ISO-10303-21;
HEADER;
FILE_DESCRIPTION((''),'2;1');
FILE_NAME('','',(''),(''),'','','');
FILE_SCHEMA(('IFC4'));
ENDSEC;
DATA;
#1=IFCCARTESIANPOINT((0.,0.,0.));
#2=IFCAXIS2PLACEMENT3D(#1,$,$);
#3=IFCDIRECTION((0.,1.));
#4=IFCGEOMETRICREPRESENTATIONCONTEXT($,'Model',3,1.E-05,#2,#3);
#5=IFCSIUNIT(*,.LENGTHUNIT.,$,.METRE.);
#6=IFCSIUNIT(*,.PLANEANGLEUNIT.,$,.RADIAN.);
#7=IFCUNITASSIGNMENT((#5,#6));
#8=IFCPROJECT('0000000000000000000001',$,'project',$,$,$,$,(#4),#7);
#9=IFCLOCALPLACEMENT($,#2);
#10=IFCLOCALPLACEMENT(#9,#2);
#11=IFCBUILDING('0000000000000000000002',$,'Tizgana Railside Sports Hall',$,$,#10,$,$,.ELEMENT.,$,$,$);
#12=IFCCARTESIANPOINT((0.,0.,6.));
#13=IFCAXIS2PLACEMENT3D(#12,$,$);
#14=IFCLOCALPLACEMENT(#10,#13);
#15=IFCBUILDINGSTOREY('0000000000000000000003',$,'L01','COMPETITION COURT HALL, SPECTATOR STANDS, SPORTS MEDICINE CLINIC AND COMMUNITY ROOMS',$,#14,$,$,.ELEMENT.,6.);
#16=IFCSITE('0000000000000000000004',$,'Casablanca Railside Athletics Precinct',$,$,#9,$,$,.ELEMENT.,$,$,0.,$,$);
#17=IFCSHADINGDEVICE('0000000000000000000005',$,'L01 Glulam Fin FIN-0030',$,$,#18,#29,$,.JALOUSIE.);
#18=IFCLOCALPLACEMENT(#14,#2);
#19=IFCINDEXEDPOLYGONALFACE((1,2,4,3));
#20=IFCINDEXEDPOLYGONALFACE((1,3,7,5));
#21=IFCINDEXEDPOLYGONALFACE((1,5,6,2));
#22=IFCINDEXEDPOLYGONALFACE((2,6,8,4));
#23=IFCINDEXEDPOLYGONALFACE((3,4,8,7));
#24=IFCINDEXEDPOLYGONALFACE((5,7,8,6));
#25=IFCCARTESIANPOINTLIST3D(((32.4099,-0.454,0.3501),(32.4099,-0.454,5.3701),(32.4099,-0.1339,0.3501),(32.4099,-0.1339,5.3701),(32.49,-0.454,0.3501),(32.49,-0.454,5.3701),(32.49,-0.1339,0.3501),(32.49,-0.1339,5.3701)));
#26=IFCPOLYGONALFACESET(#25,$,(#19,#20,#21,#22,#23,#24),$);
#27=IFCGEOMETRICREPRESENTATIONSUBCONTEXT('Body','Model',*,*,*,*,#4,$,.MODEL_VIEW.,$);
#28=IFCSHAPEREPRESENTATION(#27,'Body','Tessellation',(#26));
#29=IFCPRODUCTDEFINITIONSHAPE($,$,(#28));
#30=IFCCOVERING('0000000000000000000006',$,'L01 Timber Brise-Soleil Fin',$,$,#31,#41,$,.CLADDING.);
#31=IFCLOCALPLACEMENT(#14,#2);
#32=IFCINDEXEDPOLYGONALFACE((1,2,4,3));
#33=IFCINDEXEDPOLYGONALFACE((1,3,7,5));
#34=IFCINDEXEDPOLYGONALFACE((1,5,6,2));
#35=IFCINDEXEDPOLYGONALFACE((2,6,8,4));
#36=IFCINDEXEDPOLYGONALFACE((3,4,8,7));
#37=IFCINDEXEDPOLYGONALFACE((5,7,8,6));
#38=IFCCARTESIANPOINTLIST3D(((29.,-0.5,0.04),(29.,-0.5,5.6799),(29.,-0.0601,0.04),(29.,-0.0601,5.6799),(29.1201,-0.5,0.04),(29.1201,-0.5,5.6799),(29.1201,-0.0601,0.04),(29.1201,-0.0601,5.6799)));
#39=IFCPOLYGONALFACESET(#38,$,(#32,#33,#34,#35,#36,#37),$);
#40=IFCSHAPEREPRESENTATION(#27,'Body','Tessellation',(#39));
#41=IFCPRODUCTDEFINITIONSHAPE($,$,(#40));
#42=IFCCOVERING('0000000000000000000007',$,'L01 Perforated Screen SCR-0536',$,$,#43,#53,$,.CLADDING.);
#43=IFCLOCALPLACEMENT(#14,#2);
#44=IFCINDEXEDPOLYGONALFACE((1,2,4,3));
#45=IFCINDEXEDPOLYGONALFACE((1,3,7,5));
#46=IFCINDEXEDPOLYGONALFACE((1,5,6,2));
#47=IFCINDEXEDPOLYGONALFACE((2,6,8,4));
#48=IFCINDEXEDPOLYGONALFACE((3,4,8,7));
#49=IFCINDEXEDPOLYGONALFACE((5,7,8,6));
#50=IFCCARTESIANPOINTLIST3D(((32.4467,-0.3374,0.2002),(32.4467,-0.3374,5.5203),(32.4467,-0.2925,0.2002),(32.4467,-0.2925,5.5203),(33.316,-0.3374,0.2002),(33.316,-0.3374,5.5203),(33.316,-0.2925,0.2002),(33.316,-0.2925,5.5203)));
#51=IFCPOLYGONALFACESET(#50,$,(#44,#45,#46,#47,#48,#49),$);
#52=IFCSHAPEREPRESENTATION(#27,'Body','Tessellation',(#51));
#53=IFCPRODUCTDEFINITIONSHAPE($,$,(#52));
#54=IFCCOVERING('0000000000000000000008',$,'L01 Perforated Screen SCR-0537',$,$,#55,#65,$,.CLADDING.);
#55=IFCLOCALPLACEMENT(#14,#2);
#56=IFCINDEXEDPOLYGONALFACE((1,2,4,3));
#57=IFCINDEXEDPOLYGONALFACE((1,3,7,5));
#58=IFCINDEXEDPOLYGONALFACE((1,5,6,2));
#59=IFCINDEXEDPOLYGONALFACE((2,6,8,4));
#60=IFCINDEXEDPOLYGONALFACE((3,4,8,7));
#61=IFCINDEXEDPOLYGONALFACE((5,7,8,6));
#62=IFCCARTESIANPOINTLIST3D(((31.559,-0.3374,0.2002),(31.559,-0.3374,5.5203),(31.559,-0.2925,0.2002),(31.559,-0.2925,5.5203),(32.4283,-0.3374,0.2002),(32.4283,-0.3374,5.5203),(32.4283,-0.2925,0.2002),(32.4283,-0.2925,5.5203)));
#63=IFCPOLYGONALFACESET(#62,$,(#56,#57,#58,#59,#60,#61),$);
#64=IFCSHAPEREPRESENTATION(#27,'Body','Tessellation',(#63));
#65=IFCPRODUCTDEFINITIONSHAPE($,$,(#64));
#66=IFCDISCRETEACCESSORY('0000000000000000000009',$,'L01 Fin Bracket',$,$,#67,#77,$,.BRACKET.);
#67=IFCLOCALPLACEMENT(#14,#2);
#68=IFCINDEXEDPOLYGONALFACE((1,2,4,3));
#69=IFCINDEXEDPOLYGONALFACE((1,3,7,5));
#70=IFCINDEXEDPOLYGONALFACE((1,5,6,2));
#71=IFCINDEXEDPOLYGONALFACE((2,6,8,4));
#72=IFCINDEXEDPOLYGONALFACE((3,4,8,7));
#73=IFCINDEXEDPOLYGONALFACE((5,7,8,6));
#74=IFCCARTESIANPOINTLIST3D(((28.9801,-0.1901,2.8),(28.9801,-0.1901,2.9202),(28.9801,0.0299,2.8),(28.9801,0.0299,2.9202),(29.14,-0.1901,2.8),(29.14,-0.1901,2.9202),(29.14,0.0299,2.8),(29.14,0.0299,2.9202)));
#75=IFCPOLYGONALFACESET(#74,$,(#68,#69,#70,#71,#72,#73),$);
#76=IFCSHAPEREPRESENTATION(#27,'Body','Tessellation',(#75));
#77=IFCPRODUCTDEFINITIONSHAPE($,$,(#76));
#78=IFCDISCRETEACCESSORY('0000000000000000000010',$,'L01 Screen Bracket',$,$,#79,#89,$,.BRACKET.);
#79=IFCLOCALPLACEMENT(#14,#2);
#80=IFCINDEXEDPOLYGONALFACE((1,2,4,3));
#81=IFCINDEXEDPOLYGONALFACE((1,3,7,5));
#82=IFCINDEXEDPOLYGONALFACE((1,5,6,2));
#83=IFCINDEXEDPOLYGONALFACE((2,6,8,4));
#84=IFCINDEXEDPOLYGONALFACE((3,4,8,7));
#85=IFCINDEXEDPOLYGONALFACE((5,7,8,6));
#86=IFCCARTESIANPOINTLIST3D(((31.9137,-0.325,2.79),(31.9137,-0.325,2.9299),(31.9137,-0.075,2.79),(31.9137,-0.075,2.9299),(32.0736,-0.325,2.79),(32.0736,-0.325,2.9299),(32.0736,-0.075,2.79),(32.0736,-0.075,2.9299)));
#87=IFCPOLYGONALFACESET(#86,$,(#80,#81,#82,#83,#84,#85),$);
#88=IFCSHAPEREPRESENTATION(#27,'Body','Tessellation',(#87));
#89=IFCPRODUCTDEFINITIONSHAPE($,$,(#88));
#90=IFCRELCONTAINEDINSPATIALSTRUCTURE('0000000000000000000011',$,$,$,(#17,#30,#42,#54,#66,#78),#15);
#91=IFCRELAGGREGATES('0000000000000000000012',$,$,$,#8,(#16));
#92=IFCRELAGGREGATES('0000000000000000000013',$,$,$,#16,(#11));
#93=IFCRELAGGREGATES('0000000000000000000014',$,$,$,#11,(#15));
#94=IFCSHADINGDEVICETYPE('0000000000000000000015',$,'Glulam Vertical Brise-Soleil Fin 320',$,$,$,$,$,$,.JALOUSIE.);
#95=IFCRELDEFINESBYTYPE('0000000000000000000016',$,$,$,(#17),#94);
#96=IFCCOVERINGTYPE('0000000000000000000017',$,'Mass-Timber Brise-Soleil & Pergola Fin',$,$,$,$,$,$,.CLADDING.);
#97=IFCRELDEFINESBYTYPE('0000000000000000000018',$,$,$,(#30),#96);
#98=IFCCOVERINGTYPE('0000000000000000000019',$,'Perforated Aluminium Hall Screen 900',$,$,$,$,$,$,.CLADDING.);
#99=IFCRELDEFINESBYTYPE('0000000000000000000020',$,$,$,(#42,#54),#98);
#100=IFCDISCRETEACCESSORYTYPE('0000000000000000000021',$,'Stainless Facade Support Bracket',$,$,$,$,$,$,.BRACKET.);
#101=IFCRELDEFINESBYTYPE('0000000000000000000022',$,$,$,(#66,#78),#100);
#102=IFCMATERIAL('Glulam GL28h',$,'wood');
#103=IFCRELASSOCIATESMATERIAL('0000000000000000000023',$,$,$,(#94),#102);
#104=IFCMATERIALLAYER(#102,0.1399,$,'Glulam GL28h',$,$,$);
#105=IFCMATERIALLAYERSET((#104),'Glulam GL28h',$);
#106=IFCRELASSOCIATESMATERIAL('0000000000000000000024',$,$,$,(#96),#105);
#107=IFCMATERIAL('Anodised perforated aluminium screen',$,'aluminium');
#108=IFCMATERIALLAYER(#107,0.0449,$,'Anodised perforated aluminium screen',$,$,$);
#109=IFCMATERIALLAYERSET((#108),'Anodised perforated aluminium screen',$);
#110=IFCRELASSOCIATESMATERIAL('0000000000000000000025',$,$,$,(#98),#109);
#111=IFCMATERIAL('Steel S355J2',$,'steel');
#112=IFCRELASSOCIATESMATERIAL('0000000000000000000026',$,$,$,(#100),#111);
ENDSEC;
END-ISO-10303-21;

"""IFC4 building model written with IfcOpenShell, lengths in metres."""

from ifc_helpers import new_model, si_unit, direction, frame, origin, origin_2d, place, context, subcontext, project, spatial, rectangle, extrude, material, layer, layer_set, type_object, element, save


model = new_model("IFC4")

# Units and contexts
model_context = context("Model", 3, precision=1e-05, world=origin(), true_north=direction((0.0, 1.0)))
body_context = subcontext(model_context, "Body", "Model", "MODEL_VIEW")
ifc_project = project(units=[si_unit("LENGTHUNIT", "METRE"), si_unit("PLANEANGLEUNIT", "RADIAN")], contexts=[model_context])

# Site, building, storey
site_placement = place(None, origin())
site = spatial("IfcSite", under=ifc_project, at=site_placement, Name="Casablanca Railside Athletics Precinct", CompositionType="ELEMENT", RefElevation=0.0)
building_placement = place(site_placement, origin())
building = spatial("IfcBuilding", under=site, at=building_placement, Name="Tizgana Railside Sports Hall", CompositionType="ELEMENT")
storey_placement = place(building_placement, frame((0.0, 0.0, 6.0)))
storey = spatial("IfcBuildingStorey", under=building, at=storey_placement, Name="L01", Description="COMPETITION COURT HALL, SPECTATOR STANDS, SPORTS MEDICINE CLINIC AND COMMUNITY ROOMS", CompositionType="ELEMENT", Elevation=6.0)

# Shared definitions
ifc_material_1 = material(Name="Steel S355J2", Category="steel")

# Shading device
ifc_material_2 = material(Name="Glulam GL28h", Category="wood")
shading_device_type = type_object("IfcShadingDeviceType", Name="Glulam Vertical Brise-Soleil Fin 320", PredefinedType="JALOUSIE", material=ifc_material_2)
shading_device_placement = place(storey_placement, frame((32.45, -0.2939, 0.3501), z_axis=(0.0, 0.0, 1.0), x_axis=(-1.0, 0.0, 0.0)))
element("IfcShadingDevice", 1, at=shading_device_placement, inside=storey, type_object=shading_device_type, Name="L01 Glulam Fin FIN-0030", PredefinedType="JALOUSIE", context=body_context, shape_type="SweptSolid", body=[
    extrude(rectangle(XDim=0.0801, YDim=0.3201, at=origin_2d()), origin(), (0.0, 0.0, 1.0), 5.02),
])

# Coverings
ifc_layer_1 = layer(ifc_material_2, 0.1399, Name="Glulam GL28h")
ifc_layer_set_1 = layer_set([ifc_layer_1], Name="Glulam GL28h")
covering_type_1 = type_object("IfcCoveringType", Name="Mass-Timber Brise-Soleil & Pergola Fin", PredefinedType="CLADDING", material=ifc_layer_set_1)
covering_placement = place(storey_placement, frame((29.0601, -0.28, 0.04), z_axis=(0.0, 0.0, 1.0), x_axis=(-1.0, 0.0, 0.0)))
element("IfcCovering", 2, at=covering_placement, inside=storey, type_object=covering_type_1, Name="L01 Timber Brise-Soleil Fin", PredefinedType="CLADDING", context=body_context, shape_type="SweptSolid", body=[
    extrude(rectangle(XDim=0.1201, YDim=0.4399, at=origin_2d()), origin(), (0.0, 0.0, 1.0), 5.6399),
])
ifc_material_3 = material(Name="Anodised perforated aluminium screen", Category="aluminium")
ifc_layer_2 = layer(ifc_material_3, 0.0449, Name="Anodised perforated aluminium screen")
ifc_layer_set_2 = layer_set([ifc_layer_2], Name="Anodised perforated aluminium screen")
covering_type_2 = type_object("IfcCoveringType", Name="Perforated Aluminium Hall Screen 900", PredefinedType="CLADDING", material=ifc_layer_set_2)
for number, where, z_axis, x_axis, name in (
    (3, (32.8813, -0.3149, 0.2002), (0.0, 0.0, 1.0), (-1.0, 0.0, 0.0), "L01 Perforated Screen SCR-0536"),
    (4, (31.9937, -0.3149, 0.2002), (0.0, 0.0, 1.0), (-1.0, 0.0, 0.0), "L01 Perforated Screen SCR-0537"),
):
    element("IfcCovering", number, at=place(storey_placement, frame(where, z_axis=z_axis, x_axis=x_axis)), inside=storey, type_object=covering_type_2, Name=name, PredefinedType="CLADDING", context=body_context, shape_type="SweptSolid", body=[
        extrude(rectangle(XDim=0.8694, YDim=0.0449, at=origin_2d()), origin(), (0.0, 0.0, 1.0), 5.3201),
    ])

# Discrete accessories
discrete_accessory_type = type_object("IfcDiscreteAccessoryType", Name="Stainless Facade Support Bracket", PredefinedType="BRACKET", material=ifc_material_1)
discrete_accessory_1_placement = place(storey_placement, frame((29.0601, -0.0801, 2.8), z_axis=(0.0, 0.0, 1.0), x_axis=(-1.0, 0.0, 0.0)))
element("IfcDiscreteAccessory", 5, at=discrete_accessory_1_placement, inside=storey, type_object=discrete_accessory_type, Name="L01 Fin Bracket", PredefinedType="BRACKET", context=body_context, shape_type="SweptSolid", body=[
    extrude(rectangle(XDim=0.1599, YDim=0.22, at=origin_2d()), origin(), (0.0, 0.0, 1.0), 0.1201),
])
discrete_accessory_2_placement = place(storey_placement, frame((31.9937, -0.2, 2.79), z_axis=(0.0, 0.0, 1.0), x_axis=(-1.0, 0.0, 0.0)))
element("IfcDiscreteAccessory", 6, at=discrete_accessory_2_placement, inside=storey, type_object=discrete_accessory_type, Name="L01 Screen Bracket", PredefinedType="BRACKET", context=body_context, shape_type="SweptSolid", body=[
    extrude(rectangle(XDim=0.1599, YDim=0.25, at=origin_2d()), origin(), (0.0, 0.0, 1.0), 0.1399),
])

save(model, "model.ifc")
